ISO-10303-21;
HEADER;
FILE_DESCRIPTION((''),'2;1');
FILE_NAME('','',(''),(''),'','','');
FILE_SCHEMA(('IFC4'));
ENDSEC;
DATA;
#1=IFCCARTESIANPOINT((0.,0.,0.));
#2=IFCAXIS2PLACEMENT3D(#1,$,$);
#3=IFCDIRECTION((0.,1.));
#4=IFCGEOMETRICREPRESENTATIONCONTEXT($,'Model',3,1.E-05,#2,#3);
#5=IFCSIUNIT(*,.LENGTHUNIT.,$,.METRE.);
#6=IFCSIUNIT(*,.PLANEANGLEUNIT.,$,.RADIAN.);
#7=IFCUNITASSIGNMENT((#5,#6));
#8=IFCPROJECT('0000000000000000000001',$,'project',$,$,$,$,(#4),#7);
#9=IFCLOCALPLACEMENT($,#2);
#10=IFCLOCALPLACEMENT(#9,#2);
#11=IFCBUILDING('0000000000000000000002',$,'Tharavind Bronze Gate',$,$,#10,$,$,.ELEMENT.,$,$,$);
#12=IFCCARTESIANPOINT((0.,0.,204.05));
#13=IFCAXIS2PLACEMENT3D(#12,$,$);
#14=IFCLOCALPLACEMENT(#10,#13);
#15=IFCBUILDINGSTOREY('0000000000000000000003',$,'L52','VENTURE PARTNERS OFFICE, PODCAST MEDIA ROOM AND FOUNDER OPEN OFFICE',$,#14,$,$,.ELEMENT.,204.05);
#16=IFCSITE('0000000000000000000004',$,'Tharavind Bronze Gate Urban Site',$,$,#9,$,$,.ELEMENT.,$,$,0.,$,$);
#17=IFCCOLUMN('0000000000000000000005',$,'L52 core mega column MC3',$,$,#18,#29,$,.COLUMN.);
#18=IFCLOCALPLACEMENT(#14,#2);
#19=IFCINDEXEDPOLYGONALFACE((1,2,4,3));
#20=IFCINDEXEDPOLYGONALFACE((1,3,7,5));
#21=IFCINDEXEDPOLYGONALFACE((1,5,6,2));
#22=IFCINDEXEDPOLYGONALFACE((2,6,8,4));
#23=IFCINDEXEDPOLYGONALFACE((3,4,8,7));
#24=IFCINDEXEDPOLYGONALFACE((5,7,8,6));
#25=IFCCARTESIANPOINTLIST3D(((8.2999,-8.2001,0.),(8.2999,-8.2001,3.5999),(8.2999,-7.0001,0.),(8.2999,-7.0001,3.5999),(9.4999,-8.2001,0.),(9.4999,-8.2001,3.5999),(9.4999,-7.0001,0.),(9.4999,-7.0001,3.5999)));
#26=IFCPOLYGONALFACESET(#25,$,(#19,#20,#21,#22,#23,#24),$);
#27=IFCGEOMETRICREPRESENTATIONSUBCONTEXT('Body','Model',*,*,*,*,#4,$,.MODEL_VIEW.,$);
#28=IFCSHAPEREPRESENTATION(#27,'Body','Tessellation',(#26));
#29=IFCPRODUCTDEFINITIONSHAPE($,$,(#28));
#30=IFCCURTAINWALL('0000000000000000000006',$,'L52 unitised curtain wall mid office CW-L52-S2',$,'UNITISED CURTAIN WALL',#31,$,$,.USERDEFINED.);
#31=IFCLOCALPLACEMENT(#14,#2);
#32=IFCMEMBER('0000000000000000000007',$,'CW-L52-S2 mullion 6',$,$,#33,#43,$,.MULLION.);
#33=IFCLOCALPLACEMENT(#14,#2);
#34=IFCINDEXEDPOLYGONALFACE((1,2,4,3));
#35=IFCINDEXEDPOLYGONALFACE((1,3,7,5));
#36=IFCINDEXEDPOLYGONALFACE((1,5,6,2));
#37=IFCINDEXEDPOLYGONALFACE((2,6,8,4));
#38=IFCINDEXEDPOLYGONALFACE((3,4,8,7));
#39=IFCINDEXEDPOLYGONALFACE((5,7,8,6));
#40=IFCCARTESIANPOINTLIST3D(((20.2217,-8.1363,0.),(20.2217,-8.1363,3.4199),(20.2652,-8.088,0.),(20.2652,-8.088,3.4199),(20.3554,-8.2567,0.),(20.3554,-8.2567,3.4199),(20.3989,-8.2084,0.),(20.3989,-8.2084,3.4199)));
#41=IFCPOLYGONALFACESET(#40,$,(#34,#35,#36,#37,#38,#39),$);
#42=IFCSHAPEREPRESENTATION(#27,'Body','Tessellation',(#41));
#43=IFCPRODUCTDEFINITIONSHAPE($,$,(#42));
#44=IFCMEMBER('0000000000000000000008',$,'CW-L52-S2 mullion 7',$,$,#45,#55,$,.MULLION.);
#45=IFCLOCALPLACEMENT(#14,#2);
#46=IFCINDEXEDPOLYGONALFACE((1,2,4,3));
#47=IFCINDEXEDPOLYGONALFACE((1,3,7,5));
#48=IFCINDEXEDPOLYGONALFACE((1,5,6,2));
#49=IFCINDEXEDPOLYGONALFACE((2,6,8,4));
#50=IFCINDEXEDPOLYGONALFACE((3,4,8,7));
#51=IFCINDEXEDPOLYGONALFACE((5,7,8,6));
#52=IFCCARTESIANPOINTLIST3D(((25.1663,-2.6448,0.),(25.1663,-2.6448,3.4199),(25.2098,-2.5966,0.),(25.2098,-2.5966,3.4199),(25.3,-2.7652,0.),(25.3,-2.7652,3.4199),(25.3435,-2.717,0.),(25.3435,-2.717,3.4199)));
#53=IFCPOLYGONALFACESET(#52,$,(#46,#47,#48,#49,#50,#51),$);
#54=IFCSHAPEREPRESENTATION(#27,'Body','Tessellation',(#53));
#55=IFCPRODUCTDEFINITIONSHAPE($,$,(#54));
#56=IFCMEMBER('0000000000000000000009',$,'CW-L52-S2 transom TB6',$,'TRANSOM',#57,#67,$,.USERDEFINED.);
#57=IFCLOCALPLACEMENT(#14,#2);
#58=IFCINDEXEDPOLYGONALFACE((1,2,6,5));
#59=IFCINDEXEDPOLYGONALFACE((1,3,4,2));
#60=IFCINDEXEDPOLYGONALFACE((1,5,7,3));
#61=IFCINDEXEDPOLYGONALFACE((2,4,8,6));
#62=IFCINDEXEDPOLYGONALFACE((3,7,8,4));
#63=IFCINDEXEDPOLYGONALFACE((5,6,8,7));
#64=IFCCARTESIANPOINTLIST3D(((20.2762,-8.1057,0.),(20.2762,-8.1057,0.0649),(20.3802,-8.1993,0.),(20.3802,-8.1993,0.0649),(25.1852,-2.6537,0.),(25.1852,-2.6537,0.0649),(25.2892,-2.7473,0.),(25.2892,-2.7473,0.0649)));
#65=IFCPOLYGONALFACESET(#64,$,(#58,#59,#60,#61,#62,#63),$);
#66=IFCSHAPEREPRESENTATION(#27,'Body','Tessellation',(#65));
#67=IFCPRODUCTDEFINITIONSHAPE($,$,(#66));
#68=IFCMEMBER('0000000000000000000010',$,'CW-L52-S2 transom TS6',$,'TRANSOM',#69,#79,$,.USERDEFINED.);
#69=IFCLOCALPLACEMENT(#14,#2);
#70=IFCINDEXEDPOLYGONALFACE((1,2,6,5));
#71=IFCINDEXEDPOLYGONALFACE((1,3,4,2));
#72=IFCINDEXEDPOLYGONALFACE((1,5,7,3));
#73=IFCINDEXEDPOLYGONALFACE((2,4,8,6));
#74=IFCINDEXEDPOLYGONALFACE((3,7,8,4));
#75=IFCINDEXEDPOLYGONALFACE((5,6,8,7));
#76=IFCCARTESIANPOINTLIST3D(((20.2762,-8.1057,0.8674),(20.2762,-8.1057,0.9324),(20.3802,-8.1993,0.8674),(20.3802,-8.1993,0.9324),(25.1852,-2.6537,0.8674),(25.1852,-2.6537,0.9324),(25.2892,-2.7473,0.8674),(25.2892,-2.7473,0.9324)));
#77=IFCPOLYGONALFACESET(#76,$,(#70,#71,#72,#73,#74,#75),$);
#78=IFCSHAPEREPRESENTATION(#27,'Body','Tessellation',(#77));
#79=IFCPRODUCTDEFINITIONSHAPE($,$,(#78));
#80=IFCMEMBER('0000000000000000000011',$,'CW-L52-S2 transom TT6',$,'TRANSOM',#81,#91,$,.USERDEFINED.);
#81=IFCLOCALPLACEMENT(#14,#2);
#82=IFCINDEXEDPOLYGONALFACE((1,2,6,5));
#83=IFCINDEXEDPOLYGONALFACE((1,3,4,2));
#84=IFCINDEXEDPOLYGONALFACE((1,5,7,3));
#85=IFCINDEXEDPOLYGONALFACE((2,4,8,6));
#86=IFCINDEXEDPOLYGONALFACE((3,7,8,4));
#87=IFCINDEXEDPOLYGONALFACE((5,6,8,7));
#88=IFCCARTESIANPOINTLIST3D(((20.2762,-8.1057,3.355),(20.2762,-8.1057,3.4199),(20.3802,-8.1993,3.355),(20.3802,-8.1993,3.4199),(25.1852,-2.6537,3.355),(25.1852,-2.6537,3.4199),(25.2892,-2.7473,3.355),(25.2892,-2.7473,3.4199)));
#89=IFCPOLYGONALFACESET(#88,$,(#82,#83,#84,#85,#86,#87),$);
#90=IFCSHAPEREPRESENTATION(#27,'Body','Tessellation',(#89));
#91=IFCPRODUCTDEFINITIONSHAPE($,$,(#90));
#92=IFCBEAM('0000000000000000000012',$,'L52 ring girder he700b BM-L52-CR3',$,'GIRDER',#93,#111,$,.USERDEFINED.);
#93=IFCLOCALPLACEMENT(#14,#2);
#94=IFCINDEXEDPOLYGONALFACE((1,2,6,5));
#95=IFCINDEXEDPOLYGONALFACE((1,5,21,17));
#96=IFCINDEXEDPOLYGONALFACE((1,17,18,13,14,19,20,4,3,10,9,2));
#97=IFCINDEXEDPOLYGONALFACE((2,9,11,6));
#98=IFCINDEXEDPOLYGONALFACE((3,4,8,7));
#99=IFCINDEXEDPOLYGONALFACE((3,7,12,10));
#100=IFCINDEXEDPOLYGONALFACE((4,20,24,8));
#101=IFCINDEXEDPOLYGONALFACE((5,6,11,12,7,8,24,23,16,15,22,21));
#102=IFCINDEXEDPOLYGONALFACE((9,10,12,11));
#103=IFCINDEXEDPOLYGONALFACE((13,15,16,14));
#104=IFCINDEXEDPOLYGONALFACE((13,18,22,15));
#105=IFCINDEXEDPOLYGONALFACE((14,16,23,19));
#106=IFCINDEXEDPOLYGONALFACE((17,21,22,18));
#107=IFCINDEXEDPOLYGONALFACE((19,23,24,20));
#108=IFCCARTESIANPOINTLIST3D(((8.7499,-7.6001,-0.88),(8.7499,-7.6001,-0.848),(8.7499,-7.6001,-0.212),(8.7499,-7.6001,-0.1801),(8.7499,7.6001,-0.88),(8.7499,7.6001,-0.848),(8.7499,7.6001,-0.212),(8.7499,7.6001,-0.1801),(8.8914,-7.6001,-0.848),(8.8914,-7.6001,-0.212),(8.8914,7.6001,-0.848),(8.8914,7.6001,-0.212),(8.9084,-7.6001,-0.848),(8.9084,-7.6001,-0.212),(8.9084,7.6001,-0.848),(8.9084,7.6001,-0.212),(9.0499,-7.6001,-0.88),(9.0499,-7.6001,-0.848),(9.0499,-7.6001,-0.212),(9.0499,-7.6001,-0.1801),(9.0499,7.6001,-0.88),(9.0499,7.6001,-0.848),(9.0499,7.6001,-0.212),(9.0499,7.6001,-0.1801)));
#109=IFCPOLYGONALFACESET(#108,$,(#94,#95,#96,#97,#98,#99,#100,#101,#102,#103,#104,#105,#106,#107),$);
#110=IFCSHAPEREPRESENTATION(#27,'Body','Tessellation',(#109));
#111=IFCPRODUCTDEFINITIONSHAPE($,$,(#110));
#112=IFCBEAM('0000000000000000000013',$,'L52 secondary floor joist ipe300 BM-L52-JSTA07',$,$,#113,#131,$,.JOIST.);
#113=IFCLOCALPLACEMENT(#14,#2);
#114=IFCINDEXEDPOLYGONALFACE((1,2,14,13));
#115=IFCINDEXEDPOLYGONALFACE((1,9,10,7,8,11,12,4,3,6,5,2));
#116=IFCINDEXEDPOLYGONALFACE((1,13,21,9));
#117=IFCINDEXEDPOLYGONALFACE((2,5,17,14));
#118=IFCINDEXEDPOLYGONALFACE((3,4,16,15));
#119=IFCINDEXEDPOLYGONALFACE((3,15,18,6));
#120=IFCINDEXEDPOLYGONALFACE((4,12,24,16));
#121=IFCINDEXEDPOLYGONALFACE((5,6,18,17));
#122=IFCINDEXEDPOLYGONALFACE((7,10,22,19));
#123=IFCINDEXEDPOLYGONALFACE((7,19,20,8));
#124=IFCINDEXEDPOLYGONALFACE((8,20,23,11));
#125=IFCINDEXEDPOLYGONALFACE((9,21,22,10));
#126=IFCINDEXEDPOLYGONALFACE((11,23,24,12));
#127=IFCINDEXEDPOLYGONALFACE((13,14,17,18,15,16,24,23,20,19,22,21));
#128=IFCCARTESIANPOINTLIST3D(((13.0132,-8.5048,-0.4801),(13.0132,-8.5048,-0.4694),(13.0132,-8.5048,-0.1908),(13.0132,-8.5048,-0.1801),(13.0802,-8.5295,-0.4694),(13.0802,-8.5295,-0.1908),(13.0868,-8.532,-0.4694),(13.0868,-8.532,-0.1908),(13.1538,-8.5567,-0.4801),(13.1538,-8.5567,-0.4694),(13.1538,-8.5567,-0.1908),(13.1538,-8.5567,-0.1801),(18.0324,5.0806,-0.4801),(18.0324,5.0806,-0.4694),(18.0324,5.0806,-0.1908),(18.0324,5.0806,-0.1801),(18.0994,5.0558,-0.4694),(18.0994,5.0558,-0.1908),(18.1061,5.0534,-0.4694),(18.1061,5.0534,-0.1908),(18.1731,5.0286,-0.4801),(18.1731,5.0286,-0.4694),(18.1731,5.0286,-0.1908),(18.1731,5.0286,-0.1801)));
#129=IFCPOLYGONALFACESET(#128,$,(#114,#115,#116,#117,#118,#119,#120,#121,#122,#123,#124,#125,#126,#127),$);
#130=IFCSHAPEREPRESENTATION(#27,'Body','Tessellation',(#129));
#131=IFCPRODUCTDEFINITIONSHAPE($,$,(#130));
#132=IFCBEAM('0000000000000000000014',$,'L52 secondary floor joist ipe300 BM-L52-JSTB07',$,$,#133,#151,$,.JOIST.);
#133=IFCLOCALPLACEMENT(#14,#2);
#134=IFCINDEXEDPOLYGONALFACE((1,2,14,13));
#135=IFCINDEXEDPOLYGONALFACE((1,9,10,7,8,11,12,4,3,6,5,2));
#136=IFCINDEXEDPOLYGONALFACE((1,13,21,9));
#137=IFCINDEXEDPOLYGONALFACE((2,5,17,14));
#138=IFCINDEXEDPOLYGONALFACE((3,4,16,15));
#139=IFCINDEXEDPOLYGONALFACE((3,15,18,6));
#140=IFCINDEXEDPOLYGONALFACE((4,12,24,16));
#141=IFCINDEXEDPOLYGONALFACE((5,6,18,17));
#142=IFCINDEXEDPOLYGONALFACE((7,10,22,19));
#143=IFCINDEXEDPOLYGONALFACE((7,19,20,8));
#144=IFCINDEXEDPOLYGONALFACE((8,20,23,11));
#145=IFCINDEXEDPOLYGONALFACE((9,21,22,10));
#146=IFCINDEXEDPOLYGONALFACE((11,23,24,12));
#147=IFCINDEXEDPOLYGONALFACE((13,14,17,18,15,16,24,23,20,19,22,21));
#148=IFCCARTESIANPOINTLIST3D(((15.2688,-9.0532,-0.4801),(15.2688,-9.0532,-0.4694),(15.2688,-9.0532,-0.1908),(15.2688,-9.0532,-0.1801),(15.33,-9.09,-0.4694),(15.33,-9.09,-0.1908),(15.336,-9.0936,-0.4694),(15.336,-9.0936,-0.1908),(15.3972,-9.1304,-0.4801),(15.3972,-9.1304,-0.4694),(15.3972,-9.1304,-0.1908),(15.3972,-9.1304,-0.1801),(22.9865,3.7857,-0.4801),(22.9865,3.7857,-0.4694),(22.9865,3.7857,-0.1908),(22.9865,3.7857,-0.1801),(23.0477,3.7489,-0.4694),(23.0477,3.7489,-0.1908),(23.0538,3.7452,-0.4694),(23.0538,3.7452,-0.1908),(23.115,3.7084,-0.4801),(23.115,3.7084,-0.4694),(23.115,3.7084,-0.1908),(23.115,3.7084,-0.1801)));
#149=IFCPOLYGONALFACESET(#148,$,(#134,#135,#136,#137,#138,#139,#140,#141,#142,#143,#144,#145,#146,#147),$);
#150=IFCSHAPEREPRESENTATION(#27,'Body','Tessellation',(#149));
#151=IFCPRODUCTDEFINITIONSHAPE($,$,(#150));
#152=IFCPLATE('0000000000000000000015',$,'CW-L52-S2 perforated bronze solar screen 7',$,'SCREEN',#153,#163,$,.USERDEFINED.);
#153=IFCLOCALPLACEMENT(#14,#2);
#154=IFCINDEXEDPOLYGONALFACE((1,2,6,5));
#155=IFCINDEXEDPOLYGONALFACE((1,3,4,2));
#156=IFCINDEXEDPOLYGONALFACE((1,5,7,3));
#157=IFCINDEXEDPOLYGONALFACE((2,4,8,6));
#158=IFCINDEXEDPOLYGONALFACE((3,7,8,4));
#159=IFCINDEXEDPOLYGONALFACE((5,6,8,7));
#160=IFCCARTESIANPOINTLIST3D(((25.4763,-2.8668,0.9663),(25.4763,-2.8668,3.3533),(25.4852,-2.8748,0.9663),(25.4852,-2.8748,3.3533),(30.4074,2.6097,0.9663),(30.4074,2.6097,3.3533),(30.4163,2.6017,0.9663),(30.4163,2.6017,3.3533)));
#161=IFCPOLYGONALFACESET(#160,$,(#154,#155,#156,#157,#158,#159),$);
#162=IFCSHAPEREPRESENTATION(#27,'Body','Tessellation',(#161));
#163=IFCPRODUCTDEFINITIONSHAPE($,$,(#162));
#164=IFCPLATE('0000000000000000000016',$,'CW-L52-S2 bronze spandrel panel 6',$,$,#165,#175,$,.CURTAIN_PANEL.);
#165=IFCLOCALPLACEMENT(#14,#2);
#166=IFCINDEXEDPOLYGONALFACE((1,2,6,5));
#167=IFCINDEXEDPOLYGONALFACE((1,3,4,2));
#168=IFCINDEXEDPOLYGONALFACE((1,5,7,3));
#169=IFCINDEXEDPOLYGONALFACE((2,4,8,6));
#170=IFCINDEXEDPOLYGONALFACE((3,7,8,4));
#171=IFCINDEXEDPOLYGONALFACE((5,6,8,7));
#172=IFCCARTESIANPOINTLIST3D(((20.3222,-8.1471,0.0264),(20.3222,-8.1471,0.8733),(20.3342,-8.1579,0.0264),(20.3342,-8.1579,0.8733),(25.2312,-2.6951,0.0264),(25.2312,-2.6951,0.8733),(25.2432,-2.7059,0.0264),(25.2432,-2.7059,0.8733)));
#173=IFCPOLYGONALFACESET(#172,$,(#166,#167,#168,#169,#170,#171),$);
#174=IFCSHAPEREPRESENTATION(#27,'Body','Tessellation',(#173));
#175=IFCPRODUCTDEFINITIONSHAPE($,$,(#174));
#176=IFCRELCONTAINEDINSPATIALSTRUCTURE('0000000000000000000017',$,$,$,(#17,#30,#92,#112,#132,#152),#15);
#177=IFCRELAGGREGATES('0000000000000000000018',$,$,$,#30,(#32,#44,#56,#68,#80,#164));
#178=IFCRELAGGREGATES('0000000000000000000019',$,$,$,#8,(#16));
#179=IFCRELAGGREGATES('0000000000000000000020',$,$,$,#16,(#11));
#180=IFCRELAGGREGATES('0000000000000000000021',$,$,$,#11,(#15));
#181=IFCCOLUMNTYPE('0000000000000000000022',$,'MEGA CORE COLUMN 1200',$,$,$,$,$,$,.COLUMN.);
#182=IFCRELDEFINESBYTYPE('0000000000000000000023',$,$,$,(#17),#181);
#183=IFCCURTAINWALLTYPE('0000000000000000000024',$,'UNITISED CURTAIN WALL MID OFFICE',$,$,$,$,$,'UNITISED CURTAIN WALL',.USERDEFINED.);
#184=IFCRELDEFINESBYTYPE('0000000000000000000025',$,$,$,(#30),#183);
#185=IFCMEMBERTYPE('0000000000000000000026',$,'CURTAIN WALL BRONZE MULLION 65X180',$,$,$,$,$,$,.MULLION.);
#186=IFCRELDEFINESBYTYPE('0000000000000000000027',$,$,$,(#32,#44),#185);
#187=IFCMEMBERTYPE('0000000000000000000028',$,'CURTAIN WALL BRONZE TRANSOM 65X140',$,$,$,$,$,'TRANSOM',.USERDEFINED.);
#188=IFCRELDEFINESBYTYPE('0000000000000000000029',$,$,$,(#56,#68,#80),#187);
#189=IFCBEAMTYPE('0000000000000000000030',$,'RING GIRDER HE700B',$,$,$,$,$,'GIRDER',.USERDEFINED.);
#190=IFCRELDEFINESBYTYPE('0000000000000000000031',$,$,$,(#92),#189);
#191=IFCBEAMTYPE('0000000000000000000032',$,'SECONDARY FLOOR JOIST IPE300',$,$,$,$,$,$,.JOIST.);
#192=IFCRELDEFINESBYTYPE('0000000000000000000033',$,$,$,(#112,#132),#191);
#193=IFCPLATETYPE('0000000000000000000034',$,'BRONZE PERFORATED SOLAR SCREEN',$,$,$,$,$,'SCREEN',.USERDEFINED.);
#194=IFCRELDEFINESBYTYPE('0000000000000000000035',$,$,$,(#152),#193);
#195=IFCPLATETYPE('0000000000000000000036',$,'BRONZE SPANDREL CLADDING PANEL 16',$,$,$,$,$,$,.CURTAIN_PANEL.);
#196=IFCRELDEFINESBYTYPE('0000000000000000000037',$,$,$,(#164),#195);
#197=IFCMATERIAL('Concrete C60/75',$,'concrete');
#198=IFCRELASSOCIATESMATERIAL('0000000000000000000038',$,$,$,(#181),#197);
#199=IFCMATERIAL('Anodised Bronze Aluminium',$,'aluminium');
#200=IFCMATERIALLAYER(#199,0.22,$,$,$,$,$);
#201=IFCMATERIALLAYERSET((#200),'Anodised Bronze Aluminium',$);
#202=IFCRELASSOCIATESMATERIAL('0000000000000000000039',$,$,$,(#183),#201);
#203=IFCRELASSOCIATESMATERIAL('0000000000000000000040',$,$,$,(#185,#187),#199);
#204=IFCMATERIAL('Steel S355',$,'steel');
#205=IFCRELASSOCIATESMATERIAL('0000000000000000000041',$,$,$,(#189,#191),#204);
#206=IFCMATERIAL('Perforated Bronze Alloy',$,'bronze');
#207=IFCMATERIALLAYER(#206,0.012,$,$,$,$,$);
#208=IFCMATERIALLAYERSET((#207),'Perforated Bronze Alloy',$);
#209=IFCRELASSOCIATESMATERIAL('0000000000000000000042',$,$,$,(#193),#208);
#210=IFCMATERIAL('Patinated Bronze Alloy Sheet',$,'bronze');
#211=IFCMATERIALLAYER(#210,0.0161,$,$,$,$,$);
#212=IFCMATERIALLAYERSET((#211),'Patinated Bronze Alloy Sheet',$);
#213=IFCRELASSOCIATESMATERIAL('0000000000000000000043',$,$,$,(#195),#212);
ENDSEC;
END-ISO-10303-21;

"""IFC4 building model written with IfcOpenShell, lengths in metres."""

from ifc_helpers import new_model, si_unit, direction, frame, origin, origin_2d, place, context, subcontext, project, spatial, rectangle, i_section, extrude, material, layer, layer_set, material_profile, profile_set, type_object, element, aggregate, save


model = new_model("IFC4")

# Units and contexts
model_context = context("Model", 3, precision=1e-05, world=origin(), true_north=direction((0.0, 1.0)))
body_context = subcontext(model_context, "Body", "Model", "MODEL_VIEW")
ifc_project = project(units=[si_unit("LENGTHUNIT", "METRE"), si_unit("PLANEANGLEUNIT", "RADIAN")], contexts=[model_context])

# Site, building, storey
site_placement = place(None, origin())
site = spatial("IfcSite", under=ifc_project, at=site_placement, Name="Tharavind Bronze Gate Urban Site", CompositionType="ELEMENT", RefElevation=0.0)
building_placement = place(site_placement, origin())
building = spatial("IfcBuilding", under=site, at=building_placement, Name="Tharavind Bronze Gate", CompositionType="ELEMENT")
storey_placement = place(building_placement, frame((0.0, 0.0, 204.05)))
storey = spatial("IfcBuildingStorey", under=building, at=storey_placement, Name="L52", Description="VENTURE PARTNERS OFFICE, PODCAST MEDIA ROOM AND FOUNDER OPEN OFFICE", CompositionType="ELEMENT", Elevation=204.05)

# Column
ifc_material_1 = material(Name="Concrete C60/75", Category="concrete")
ifc_material_profile_1 = material_profile(ifc_material_1, rectangle(XDim=1.2, YDim=1.2, at=origin_2d()), Name="RCCOL1200")
ifc_profile_set_1 = profile_set([ifc_material_profile_1], Name="Concrete C60/75")
column_type = type_object("IfcColumnType", Name="MEGA CORE COLUMN 1200", PredefinedType="COLUMN", material=ifc_profile_set_1)
column_placement = place(storey_placement, frame((8.8999, -7.6001, 0.0), z_axis=(0.0, 0.0, 1.0), x_axis=(1.0, 0.0, 0.0)))
element("IfcColumn", 1, at=column_placement, inside=storey, type_object=column_type, Name="L52 core mega column MC3", PredefinedType="COLUMN", context=body_context, shape_type="SweptSolid", body=[
    extrude(rectangle(XDim=1.2, YDim=1.2, at=origin_2d()), origin(), (0.0, 0.0, 1.0), 3.5999),
])

# Curtain wall, members
ifc_material_2 = material(Name="Anodised Bronze Aluminium", Category="aluminium")
ifc_layer_1 = layer(ifc_material_2, 0.22)
ifc_layer_set_1 = layer_set([ifc_layer_1], Name="Anodised Bronze Aluminium")
curtain_wall_type = type_object("IfcCurtainWallType", Name="UNITISED CURTAIN WALL MID OFFICE", ElementType="UNITISED CURTAIN WALL", PredefinedType="USERDEFINED", material=ifc_layer_set_1)
curtain_wall_placement = place(storey_placement, origin())
curtain_wall = element("IfcCurtainWall", 2, at=curtain_wall_placement, inside=storey, type_object=curtain_wall_type, Name="L52 unitised curtain wall mid office CW-L52-S2", ObjectType="UNITISED CURTAIN WALL", PredefinedType="USERDEFINED")
member_type_1 = type_object("IfcMemberType", Name="CURTAIN WALL BRONZE MULLION 65X180", PredefinedType="MULLION", material=ifc_material_2)
member_1_placement = place(storey_placement, frame((20.3103, -8.1724, 0.0), z_axis=(0.0, 0.0, 1.0), x_axis=(0.669131, 0.743145, 0.0)))
member_1 = element("IfcMember", 3, at=member_1_placement, type_object=member_type_1, Name="CW-L52-S2 mullion 6", PredefinedType="MULLION", context=body_context, shape_type="SweptSolid", body=[
    extrude(rectangle(XDim=0.0649, YDim=0.1799, at=origin_2d()), origin(), (0.0, 0.0, 1.0), 3.4199),
])
member_2_placement = place(storey_placement, frame((25.2549, -2.6809, 0.0), z_axis=(0.0, 0.0, 1.0), x_axis=(0.669131, 0.743145, 0.0)))
member_2 = element("IfcMember", 4, at=member_2_placement, type_object=member_type_1, Name="CW-L52-S2 mullion 7", PredefinedType="MULLION", context=body_context, shape_type="SweptSolid", body=[
    extrude(rectangle(XDim=0.0649, YDim=0.1799, at=origin_2d()), origin(), (0.0, 0.0, 1.0), 3.4199),
])
member_type_2 = type_object("IfcMemberType", Name="CURTAIN WALL BRONZE TRANSOM 65X140", ElementType="TRANSOM", PredefinedType="USERDEFINED", material=ifc_material_2)
member_3_placement = place(storey_placement, frame((22.7827, -5.4265, 0.0), z_axis=(0.0, 0.0, 1.0), x_axis=(0.669131, 0.743145, 0.0)))
member_3 = element("IfcMember", 5, at=member_3_placement, type_object=member_type_2, Name="CW-L52-S2 transom TB6", ObjectType="TRANSOM", PredefinedType="USERDEFINED", context=body_context, shape_type="SweptSolid", body=[
    extrude(rectangle(XDim=7.3364, YDim=0.1399, at=origin_2d()), origin(), (0.0, 0.0, 1.0), 0.0649),
])
member_4_placement = place(storey_placement, frame((22.7827, -5.4265, 0.8674), z_axis=(0.0, 0.0, 1.0), x_axis=(0.669131, 0.743145, 0.0)))
member_4 = element("IfcMember", 6, at=member_4_placement, type_object=member_type_2, Name="CW-L52-S2 transom TS6", ObjectType="TRANSOM", PredefinedType="USERDEFINED", context=body_context, shape_type="SweptSolid", body=[
    extrude(rectangle(XDim=7.3364, YDim=0.1399, at=origin_2d()), origin(), (0.0, 0.0, 1.0), 0.0649),
])
member_5_placement = place(storey_placement, frame((22.7827, -5.4265, 3.355), z_axis=(0.0, 0.0, 1.0), x_axis=(0.669131, 0.743145, 0.0)))
member_5 = element("IfcMember", 7, at=member_5_placement, type_object=member_type_2, Name="CW-L52-S2 transom TT6", ObjectType="TRANSOM", PredefinedType="USERDEFINED", context=body_context, shape_type="SweptSolid", body=[
    extrude(rectangle(XDim=7.3364, YDim=0.1399, at=origin_2d()), origin(), (0.0, 0.0, 1.0), 0.0649),
])

# Beams
ifc_material_3 = material(Name="Steel S355", Category="steel")
ifc_material_profile_2 = material_profile(ifc_material_3, i_section(OverallWidth=0.3, OverallDepth=0.7, WebThickness=0.0171, FlangeThickness=0.032, at=origin_2d()), Name="HE700B")
ifc_profile_set_2 = profile_set([ifc_material_profile_2], Name="Steel S355")
beam_type_1 = type_object("IfcBeamType", Name="RING GIRDER HE700B", ElementType="GIRDER", PredefinedType="USERDEFINED", material=ifc_profile_set_2)
beam_1_placement = place(storey_placement, frame((8.8999, -7.6001, -0.53), z_axis=(0.0, 1.0, 0.0), x_axis=(-1.0, 0.0, 0.0)))
element("IfcBeam", 8, at=beam_1_placement, inside=storey, type_object=beam_type_1, Name="L52 ring girder he700b BM-L52-CR3", ObjectType="GIRDER", PredefinedType="USERDEFINED", context=body_context, shape_type="SweptSolid", body=[
    extrude(i_section(OverallWidth=0.3, OverallDepth=0.7, WebThickness=0.0171, FlangeThickness=0.032, at=origin_2d()), origin(), (0.0, 0.0, 1.0), 15.2002),
])
ifc_material_profile_3 = material_profile(ifc_material_3, i_section(OverallWidth=0.1499, OverallDepth=0.3, WebThickness=0.0071, FlangeThickness=0.0107, at=origin_2d()), Name="IPE300")
ifc_profile_set_3 = profile_set([ifc_material_profile_3], Name="Steel S355")
beam_type_2 = type_object("IfcBeamType", Name="SECONDARY FLOOR JOIST IPE300", PredefinedType="JOIST", material=ifc_profile_set_3)
beam_2_placement = place(storey_placement, frame((13.0835, -8.5308, -0.3301), z_axis=(0.346564, 0.938026, 0.0), x_axis=(-0.938026, 0.346564, 0.0)))
element("IfcBeam", 9, at=beam_2_placement, inside=storey, type_object=beam_type_2, Name="L52 secondary floor joist ipe300 BM-L52-JSTA07", PredefinedType="JOIST", context=body_context, shape_type="SweptSolid", body=[
    extrude(i_section(OverallWidth=0.1499, OverallDepth=0.3, WebThickness=0.0071, FlangeThickness=0.0107, at=origin_2d()), origin(), (0.0, 0.0, 1.0), 14.4829),
])
beam_3_placement = place(storey_placement, frame((15.333, -9.0918, -0.3301), z_axis=(0.515205, 0.857067, 0.0), x_axis=(-0.857067, 0.515205, 0.0)))
element("IfcBeam", 10, at=beam_3_placement, inside=storey, type_object=beam_type_2, Name="L52 secondary floor joist ipe300 BM-L52-JSTB07", PredefinedType="JOIST", context=body_context, shape_type="SweptSolid", body=[
    extrude(i_section(OverallWidth=0.1499, OverallDepth=0.3, WebThickness=0.0071, FlangeThickness=0.0107, at=origin_2d()), origin(), (0.0, 0.0, 1.0), 14.98),
])

# Plates
ifc_material_4 = material(Name="Perforated Bronze Alloy", Category="bronze")
ifc_layer_2 = layer(ifc_material_4, 0.012)
ifc_layer_set_2 = layer_set([ifc_layer_2], Name="Perforated Bronze Alloy")
plate_type_1 = type_object("IfcPlateType", Name="BRONZE PERFORATED SOLAR SCREEN", ElementType="SCREEN", PredefinedType="USERDEFINED", material=ifc_layer_set_2)
plate_1_placement = place(storey_placement, frame((27.9463, -0.1326, 0.9663), z_axis=(0.0, 0.0, 1.0), x_axis=(0.669131, 0.743145, 0.0)))
element("IfcPlate", 11, at=plate_1_placement, inside=storey, type_object=plate_type_1, Name="CW-L52-S2 perforated bronze solar screen 7", ObjectType="SCREEN", PredefinedType="USERDEFINED", context=body_context, shape_type="SweptSolid", body=[
    extrude(rectangle(XDim=7.3694, YDim=0.012, at=origin_2d()), origin(), (0.0, 0.0, 1.0), 2.387),
])
ifc_material_5 = material(Name="Patinated Bronze Alloy Sheet", Category="bronze")
ifc_layer_3 = layer(ifc_material_5, 0.0161)
ifc_layer_set_3 = layer_set([ifc_layer_3], Name="Patinated Bronze Alloy Sheet")
plate_type_2 = type_object("IfcPlateType", Name="BRONZE SPANDREL CLADDING PANEL 16", PredefinedType="CURTAIN_PANEL", material=ifc_layer_set_3)
plate_2_placement = place(storey_placement, frame((22.7827, -5.4265, 0.0264), z_axis=(0.0, 0.0, 1.0), x_axis=(0.669131, 0.743145, 0.0)))
plate_2 = element("IfcPlate", 12, at=plate_2_placement, type_object=plate_type_2, Name="CW-L52-S2 bronze spandrel panel 6", PredefinedType="CURTAIN_PANEL", context=body_context, shape_type="SweptSolid", body=[
    extrude(rectangle(XDim=7.3364, YDim=0.0161, at=origin_2d()), origin(), (0.0, 0.0, 1.0), 0.8469),
])
aggregate(curtain_wall, [member_1, member_2, member_3, member_4, member_5, plate_2])

save(model, "model.ifc")
